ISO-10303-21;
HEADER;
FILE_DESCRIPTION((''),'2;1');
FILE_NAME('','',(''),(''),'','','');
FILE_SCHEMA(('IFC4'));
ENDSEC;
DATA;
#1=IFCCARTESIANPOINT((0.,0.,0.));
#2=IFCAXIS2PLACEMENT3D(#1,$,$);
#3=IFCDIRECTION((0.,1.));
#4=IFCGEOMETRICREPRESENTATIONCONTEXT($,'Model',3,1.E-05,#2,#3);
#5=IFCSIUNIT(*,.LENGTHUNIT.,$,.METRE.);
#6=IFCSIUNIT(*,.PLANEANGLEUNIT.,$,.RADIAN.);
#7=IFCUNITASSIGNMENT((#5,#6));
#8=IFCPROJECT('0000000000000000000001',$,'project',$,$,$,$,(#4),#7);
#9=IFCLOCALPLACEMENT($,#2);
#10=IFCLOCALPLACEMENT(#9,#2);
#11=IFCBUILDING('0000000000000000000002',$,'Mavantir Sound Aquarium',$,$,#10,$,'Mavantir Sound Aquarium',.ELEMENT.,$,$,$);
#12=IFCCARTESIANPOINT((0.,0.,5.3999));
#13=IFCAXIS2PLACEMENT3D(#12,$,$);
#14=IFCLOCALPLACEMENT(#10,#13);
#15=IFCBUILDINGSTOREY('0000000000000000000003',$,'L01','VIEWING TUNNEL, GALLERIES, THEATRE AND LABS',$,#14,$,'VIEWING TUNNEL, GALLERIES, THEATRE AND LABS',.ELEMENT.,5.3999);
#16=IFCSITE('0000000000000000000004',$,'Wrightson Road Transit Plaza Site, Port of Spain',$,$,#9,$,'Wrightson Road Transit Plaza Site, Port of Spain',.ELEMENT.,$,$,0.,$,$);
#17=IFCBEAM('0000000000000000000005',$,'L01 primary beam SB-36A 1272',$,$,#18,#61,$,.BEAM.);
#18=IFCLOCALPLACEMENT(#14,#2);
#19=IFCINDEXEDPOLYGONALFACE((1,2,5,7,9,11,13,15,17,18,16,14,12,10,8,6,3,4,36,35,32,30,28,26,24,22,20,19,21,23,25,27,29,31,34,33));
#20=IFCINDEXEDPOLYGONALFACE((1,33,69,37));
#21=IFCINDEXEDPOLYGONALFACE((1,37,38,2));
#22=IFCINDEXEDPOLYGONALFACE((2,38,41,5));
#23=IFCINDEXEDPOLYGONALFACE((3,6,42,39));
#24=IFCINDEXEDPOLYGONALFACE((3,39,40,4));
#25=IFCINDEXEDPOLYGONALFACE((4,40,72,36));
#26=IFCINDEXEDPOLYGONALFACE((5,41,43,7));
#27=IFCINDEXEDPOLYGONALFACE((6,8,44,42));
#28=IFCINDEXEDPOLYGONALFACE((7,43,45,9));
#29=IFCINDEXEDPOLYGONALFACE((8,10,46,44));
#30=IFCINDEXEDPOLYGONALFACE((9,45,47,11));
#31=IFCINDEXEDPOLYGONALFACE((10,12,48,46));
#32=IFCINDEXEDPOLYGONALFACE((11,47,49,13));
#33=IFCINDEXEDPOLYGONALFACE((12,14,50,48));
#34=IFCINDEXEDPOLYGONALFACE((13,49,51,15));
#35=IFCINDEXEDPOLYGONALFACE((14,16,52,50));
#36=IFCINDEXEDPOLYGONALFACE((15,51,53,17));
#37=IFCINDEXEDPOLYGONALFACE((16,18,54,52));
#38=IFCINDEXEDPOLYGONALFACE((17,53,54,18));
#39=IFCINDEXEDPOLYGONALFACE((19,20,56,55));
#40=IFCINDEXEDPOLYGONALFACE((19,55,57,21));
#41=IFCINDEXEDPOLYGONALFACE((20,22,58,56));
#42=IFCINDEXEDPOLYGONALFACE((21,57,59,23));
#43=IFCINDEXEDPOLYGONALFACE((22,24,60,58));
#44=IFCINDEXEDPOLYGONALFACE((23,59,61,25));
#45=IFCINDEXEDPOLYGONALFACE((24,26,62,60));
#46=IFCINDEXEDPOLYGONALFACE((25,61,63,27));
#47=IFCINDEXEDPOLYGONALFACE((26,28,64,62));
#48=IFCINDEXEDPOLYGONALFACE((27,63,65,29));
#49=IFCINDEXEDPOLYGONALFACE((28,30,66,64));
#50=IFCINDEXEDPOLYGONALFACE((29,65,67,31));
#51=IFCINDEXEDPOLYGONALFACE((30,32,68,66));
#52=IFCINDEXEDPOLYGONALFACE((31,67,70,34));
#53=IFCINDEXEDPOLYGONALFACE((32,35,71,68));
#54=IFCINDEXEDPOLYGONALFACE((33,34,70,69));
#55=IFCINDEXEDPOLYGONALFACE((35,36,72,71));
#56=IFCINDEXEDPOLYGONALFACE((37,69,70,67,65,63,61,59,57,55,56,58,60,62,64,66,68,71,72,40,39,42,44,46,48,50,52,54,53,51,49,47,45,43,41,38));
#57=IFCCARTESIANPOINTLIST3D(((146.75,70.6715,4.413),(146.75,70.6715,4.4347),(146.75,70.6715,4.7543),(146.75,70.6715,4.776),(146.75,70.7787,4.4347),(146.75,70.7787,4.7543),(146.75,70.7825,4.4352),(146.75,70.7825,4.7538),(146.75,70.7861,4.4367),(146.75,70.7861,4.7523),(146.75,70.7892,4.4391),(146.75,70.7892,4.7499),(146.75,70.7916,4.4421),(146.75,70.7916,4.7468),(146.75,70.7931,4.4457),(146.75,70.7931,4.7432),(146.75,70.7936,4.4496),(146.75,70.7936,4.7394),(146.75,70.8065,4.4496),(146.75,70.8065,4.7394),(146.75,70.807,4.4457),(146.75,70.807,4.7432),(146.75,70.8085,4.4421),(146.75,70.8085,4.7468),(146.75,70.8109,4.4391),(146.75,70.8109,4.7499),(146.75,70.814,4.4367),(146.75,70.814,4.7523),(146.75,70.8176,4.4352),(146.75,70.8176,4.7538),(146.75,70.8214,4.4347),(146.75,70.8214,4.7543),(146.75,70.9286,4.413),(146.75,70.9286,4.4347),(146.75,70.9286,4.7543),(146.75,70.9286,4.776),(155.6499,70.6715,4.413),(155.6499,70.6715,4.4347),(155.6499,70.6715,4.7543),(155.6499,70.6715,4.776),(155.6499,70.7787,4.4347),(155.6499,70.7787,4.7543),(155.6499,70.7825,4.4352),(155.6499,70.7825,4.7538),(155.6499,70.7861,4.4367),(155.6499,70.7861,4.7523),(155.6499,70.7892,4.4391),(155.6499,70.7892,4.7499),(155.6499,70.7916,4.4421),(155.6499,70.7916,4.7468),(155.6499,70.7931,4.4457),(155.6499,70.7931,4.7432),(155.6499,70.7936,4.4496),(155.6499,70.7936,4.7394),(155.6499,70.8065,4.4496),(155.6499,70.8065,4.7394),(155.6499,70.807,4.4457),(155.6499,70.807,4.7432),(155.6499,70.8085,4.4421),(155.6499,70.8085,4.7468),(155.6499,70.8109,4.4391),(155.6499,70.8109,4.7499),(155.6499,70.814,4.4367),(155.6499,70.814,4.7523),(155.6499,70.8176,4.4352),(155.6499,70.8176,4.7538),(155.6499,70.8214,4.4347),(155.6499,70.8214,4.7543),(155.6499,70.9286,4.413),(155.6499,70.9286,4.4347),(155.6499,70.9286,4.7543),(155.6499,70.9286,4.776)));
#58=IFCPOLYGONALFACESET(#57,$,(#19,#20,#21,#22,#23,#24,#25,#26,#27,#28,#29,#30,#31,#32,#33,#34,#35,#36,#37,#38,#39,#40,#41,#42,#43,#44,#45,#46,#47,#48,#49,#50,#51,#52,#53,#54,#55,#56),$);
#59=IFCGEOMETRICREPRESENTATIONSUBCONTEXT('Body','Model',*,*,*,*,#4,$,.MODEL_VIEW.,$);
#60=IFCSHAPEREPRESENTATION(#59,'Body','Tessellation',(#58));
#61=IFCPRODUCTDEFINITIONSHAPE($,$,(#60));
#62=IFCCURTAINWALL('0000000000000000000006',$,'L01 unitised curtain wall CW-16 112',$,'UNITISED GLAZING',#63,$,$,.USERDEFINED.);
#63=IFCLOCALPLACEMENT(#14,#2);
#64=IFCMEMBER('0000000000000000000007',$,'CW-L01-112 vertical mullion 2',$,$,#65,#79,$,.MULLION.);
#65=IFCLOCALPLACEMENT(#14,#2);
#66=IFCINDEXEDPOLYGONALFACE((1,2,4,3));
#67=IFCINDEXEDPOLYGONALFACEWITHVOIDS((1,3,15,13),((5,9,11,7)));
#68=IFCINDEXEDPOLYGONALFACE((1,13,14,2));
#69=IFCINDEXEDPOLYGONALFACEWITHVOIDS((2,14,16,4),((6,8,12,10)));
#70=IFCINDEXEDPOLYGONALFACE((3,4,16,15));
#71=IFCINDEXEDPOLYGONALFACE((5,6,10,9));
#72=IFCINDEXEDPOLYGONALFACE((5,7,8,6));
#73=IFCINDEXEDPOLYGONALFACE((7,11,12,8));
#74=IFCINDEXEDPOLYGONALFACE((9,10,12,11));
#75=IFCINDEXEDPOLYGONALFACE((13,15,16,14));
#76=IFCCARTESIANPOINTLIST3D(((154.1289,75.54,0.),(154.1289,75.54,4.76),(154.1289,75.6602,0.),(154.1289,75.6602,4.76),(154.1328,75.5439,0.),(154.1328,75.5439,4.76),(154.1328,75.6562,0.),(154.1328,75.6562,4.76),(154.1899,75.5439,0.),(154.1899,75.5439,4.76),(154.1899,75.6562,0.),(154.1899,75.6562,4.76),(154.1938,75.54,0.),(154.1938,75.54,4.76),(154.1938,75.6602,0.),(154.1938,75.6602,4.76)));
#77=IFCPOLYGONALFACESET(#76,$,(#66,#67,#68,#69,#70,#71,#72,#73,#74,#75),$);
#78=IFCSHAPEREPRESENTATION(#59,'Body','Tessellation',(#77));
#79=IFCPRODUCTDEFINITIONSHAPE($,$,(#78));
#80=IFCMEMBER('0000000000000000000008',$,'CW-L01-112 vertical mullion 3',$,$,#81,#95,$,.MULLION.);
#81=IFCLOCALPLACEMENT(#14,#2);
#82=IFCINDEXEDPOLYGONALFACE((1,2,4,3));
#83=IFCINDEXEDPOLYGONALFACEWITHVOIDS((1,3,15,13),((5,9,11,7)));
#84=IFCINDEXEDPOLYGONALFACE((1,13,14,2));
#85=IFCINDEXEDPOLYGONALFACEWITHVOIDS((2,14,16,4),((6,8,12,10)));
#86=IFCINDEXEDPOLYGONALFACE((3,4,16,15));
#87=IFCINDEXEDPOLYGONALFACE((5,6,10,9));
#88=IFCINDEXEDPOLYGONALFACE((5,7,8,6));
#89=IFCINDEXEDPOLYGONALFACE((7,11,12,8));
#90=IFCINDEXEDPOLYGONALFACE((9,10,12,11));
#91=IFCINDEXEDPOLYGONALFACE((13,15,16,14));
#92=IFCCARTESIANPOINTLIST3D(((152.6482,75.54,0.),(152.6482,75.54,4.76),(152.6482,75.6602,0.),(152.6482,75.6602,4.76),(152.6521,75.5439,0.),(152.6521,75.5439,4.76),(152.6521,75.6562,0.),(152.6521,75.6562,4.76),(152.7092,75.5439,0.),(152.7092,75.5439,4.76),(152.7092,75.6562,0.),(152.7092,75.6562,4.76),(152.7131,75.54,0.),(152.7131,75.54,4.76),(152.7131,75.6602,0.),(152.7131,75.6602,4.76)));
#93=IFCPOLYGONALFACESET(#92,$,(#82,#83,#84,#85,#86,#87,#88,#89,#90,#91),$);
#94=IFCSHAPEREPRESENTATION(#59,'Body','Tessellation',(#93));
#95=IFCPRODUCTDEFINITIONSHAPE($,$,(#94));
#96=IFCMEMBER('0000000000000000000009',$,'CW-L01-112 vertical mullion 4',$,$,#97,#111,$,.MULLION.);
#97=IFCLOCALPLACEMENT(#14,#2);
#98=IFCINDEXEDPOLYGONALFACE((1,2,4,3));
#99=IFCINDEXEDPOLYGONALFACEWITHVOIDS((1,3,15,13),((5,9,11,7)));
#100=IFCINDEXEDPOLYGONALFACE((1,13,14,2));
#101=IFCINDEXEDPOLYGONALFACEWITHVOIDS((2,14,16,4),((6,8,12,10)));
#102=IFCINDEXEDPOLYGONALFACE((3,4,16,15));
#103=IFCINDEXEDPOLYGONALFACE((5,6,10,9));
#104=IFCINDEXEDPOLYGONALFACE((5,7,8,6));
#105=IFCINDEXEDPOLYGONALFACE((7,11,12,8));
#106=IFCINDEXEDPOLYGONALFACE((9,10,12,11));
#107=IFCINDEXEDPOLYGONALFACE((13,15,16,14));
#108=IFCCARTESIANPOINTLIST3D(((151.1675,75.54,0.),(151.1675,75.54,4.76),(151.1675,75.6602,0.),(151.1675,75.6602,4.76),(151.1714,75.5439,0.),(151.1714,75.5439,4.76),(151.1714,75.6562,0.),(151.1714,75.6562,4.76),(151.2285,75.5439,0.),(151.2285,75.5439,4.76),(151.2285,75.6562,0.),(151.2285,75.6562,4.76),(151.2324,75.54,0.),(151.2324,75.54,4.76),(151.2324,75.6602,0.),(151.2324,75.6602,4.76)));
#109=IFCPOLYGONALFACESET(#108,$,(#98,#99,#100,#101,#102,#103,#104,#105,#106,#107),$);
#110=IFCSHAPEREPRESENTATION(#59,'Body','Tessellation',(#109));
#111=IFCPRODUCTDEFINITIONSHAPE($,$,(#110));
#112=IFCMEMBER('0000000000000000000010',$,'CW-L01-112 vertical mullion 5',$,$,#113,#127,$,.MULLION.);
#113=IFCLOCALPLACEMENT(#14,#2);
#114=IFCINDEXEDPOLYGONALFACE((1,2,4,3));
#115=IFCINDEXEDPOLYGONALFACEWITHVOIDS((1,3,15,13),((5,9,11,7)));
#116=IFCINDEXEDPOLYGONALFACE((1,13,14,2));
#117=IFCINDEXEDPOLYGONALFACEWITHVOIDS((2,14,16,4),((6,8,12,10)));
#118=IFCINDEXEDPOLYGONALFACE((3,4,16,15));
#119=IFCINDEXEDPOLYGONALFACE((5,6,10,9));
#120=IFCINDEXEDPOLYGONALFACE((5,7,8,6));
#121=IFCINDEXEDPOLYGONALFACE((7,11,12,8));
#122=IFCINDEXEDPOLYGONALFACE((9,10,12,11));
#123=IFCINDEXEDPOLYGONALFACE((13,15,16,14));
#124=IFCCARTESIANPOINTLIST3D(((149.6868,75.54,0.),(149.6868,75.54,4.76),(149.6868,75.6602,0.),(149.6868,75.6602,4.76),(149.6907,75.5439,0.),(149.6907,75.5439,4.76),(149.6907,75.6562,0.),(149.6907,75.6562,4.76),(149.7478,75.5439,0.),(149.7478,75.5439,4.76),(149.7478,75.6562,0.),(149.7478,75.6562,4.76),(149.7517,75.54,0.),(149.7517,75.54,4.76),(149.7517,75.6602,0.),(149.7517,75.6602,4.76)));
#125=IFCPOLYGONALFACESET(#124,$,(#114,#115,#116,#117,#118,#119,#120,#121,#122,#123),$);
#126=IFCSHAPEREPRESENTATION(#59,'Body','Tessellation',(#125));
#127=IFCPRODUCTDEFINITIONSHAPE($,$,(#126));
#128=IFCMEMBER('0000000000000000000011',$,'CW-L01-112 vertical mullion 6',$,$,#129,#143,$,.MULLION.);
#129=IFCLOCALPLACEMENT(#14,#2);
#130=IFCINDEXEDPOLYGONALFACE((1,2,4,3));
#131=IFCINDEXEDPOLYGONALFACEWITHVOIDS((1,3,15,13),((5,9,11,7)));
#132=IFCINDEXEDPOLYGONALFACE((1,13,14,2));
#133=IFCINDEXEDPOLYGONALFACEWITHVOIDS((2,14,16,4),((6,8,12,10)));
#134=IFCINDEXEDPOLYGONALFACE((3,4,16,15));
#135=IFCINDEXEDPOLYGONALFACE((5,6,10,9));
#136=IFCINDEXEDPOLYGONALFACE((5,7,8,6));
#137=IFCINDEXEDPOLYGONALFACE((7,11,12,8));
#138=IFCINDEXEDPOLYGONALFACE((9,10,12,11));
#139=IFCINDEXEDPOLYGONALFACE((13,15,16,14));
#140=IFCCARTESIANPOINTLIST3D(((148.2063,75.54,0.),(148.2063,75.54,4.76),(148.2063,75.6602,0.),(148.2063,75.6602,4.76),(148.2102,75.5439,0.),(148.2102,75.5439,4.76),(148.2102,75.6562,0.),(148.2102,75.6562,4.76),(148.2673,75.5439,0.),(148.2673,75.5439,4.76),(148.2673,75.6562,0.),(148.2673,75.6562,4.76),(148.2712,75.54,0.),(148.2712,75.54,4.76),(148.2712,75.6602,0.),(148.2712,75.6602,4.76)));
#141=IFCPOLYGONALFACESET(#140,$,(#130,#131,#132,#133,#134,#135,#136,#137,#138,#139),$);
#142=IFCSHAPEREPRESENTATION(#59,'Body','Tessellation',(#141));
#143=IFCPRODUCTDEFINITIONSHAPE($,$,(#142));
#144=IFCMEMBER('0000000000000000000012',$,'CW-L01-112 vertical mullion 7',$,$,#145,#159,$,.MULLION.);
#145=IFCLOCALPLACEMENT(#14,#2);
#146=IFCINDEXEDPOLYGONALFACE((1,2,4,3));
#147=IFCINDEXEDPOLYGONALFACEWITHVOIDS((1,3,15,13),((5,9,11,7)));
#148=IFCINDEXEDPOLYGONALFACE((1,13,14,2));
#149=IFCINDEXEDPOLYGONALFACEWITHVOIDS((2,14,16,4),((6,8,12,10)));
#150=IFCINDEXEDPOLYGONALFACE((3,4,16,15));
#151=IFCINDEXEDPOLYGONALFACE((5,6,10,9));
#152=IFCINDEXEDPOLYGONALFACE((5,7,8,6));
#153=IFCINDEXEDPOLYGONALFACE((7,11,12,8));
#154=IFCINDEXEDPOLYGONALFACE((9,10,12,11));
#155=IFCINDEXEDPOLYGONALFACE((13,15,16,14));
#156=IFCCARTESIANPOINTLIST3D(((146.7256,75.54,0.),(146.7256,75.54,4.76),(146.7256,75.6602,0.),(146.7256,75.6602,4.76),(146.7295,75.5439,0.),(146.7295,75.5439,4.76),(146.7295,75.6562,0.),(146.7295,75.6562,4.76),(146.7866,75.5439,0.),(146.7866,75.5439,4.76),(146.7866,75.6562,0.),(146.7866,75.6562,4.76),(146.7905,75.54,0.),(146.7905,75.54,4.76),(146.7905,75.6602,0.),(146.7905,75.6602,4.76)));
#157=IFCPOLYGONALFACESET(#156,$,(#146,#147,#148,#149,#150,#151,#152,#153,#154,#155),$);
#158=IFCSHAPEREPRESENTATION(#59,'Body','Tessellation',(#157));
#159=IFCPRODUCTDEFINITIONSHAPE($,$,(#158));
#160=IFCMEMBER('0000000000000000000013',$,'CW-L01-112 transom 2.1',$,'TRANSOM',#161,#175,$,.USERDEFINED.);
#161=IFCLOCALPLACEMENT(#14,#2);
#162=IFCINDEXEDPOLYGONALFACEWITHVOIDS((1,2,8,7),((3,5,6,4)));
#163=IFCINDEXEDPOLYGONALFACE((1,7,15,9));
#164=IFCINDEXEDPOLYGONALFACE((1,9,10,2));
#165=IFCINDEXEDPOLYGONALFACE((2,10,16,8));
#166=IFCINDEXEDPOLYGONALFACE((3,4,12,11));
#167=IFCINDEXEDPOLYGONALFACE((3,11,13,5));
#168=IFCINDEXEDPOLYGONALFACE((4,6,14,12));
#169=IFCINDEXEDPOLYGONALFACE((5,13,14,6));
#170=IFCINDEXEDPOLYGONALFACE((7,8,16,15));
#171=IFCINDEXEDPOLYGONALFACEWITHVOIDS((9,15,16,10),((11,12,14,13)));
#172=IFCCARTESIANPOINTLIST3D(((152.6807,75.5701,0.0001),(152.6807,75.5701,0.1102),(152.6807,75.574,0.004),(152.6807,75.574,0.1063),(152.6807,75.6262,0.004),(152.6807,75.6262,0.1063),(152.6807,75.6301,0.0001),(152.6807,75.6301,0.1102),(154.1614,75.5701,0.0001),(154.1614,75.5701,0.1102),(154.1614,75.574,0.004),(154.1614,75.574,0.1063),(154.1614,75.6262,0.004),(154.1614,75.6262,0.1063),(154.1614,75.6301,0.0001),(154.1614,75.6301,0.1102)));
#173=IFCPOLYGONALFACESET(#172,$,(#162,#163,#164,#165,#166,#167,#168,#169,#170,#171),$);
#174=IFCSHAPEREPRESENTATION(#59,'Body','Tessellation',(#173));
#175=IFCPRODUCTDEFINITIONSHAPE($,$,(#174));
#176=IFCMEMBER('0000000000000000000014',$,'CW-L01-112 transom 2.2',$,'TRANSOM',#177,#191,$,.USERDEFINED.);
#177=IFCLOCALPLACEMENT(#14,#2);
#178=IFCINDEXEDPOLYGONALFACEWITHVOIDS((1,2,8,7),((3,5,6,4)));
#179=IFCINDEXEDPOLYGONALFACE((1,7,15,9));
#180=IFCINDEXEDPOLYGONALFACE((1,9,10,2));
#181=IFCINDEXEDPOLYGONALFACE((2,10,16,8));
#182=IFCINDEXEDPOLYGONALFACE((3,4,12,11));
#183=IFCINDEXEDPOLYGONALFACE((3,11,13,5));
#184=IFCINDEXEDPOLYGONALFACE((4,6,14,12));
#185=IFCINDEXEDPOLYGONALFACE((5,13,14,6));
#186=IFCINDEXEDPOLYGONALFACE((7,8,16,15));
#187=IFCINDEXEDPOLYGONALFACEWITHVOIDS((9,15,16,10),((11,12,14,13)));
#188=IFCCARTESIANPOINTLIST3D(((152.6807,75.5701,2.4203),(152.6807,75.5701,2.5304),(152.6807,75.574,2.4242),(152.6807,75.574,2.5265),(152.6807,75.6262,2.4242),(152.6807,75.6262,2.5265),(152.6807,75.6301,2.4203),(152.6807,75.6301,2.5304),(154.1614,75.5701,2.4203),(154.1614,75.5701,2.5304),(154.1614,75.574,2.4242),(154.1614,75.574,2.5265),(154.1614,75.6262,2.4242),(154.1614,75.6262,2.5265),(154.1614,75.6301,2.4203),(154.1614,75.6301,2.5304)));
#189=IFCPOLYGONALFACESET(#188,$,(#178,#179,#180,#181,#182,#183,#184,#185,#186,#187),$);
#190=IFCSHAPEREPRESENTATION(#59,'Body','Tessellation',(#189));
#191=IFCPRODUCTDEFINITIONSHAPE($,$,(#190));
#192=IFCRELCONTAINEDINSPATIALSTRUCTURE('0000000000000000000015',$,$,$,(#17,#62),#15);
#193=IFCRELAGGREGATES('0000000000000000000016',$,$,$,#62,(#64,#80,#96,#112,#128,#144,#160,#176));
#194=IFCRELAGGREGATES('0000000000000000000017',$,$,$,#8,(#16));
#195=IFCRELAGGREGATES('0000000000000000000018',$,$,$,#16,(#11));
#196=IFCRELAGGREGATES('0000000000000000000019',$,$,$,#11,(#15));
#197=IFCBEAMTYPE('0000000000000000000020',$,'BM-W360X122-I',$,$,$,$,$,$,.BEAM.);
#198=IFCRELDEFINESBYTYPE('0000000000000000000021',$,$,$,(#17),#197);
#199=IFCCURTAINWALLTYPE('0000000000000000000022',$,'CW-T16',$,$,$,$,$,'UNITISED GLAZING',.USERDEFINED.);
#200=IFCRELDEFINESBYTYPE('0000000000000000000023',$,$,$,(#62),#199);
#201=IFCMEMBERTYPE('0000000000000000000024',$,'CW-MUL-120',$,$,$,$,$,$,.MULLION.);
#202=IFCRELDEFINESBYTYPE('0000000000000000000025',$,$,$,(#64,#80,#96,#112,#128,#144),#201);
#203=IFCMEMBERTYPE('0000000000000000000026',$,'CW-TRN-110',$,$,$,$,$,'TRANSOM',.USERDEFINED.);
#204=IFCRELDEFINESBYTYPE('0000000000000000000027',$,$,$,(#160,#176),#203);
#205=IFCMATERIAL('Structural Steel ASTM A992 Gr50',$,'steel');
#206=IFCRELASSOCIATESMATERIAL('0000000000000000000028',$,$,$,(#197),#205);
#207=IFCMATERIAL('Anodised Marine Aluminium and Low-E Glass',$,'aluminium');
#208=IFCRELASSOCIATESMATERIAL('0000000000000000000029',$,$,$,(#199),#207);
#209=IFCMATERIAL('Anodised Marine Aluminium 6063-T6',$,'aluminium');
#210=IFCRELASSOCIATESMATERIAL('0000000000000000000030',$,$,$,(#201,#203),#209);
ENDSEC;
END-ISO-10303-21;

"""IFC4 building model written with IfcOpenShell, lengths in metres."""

from ifc_helpers import new_model, si_unit, direction, frame, origin, origin_2d, place, context, subcontext, project, spatial, hollow_rectangle, i_section, extrude, material, material_profile, profile_set, type_object, element, aggregate, save


model = new_model("IFC4")

# Units and contexts
model_context = context("Model", 3, precision=1e-05, world=origin(), true_north=direction((0.0, 1.0)))
body_context = subcontext(model_context, "Body", "Model", "MODEL_VIEW")
ifc_project = project(units=[si_unit("LENGTHUNIT", "METRE"), si_unit("PLANEANGLEUNIT", "RADIAN")], contexts=[model_context])

# Site, building, storey
site_placement = place(None, origin())
site = spatial("IfcSite", under=ifc_project, at=site_placement, Name="Wrightson Road Transit Plaza Site, Port of Spain", LongName="Wrightson Road Transit Plaza Site, Port of Spain", CompositionType="ELEMENT", RefElevation=0.0)
building_placement = place(site_placement, origin())
building = spatial("IfcBuilding", under=site, at=building_placement, Name="Mavantir Sound Aquarium", LongName="Mavantir Sound Aquarium", CompositionType="ELEMENT")
storey_placement = place(building_placement, frame((0.0, 0.0, 5.3999)))
storey = spatial("IfcBuildingStorey", under=building, at=storey_placement, Name="L01", Description="VIEWING TUNNEL, GALLERIES, THEATRE AND LABS", LongName="VIEWING TUNNEL, GALLERIES, THEATRE AND LABS", CompositionType="ELEMENT", Elevation=5.3999)

# Beam
ifc_material_1 = material(Name="Structural Steel ASTM A992 Gr50", Category="steel")
ifc_material_profile_1 = material_profile(ifc_material_1, i_section(OverallWidth=0.2571, OverallDepth=0.363, WebThickness=0.0129, FlangeThickness=0.0217, FilletRadius=0.0149, at=origin_2d()), Name="W360X122")
ifc_profile_set_1 = profile_set([ifc_material_profile_1], Name="Structural Steel ASTM A992 Gr50")
beam_type = type_object("IfcBeamType", Name="BM-W360X122-I", PredefinedType="BEAM", material=ifc_profile_set_1)
beam_placement = place(storey_placement, frame((146.75, 70.8, 4.5945), z_axis=(1.0, 0.0, 0.0), x_axis=(0.0, 1.0, 0.0)))
element("IfcBeam", 1, at=beam_placement, inside=storey, type_object=beam_type, Name="L01 primary beam SB-36A 1272", PredefinedType="BEAM", context=body_context, shape_type="SweptSolid", body=[
    extrude(i_section(OverallWidth=0.2571, OverallDepth=0.363, WebThickness=0.0129, FlangeThickness=0.0217, FilletRadius=0.0149, at=origin_2d()), origin(), (0.0, 0.0, 1.0), 8.8999),
])

# Curtain wall, members
ifc_material_2 = material(Name="Anodised Marine Aluminium and Low-E Glass", Category="aluminium")
curtain_wall_type = type_object("IfcCurtainWallType", Name="CW-T16", ElementType="UNITISED GLAZING", PredefinedType="USERDEFINED", material=ifc_material_2)
curtain_wall_placement = place(storey_placement, origin())
curtain_wall = element("IfcCurtainWall", 2, at=curtain_wall_placement, inside=storey, type_object=curtain_wall_type, Name="L01 unitised curtain wall CW-16 112", ObjectType="UNITISED GLAZING", PredefinedType="USERDEFINED")
ifc_material_3 = material(Name="Anodised Marine Aluminium 6063-T6", Category="aluminium")
ifc_material_profile_2 = material_profile(ifc_material_3, hollow_rectangle(XDim=0.0649, YDim=0.1201, WallThickness=0.0039, at=origin_2d()), Name="ALU-MULLION-120X65")
ifc_profile_set_2 = profile_set([ifc_material_profile_2], Name="Anodised Marine Aluminium 6063-T6")
member_type_1 = type_object("IfcMemberType", Name="CW-MUL-120", PredefinedType="MULLION", material=ifc_profile_set_2)
member_1_placement = place(storey_placement, frame((154.1614, 75.6001, 0.0), z_axis=(0.0, 0.0, 1.0), x_axis=(1.0, 0.0, 0.0)))
member_1 = element("IfcMember", 3, at=member_1_placement, type_object=member_type_1, Name="CW-L01-112 vertical mullion 2", PredefinedType="MULLION", context=body_context, shape_type="SweptSolid", body=[
    extrude(hollow_rectangle(XDim=0.0649, YDim=0.1201, WallThickness=0.0039, at=origin_2d()), origin(), (0.0, 0.0, 1.0), 4.76),
])
member_2_placement = place(storey_placement, frame((152.6807, 75.6001, 0.0), z_axis=(0.0, 0.0, 1.0), x_axis=(1.0, 0.0, 0.0)))
member_2 = element("IfcMember", 4, at=member_2_placement, type_object=member_type_1, Name="CW-L01-112 vertical mullion 3", PredefinedType="MULLION", context=body_context, shape_type="SweptSolid", body=[
    extrude(hollow_rectangle(XDim=0.0649, YDim=0.1201, WallThickness=0.0039, at=origin_2d()), origin(), (0.0, 0.0, 1.0), 4.76),
])
member_3_placement = place(storey_placement, frame((151.2, 75.6001, 0.0), z_axis=(0.0, 0.0, 1.0), x_axis=(1.0, 0.0, 0.0)))
member_3 = element("IfcMember", 5, at=member_3_placement, type_object=member_type_1, Name="CW-L01-112 vertical mullion 4", PredefinedType="MULLION", context=body_context, shape_type="SweptSolid", body=[
    extrude(hollow_rectangle(XDim=0.0649, YDim=0.1201, WallThickness=0.0039, at=origin_2d()), origin(), (0.0, 0.0, 1.0), 4.76),
])
member_4_placement = place(storey_placement, frame((149.7192, 75.6001, 0.0), z_axis=(0.0, 0.0, 1.0), x_axis=(1.0, 0.0, 0.0)))
member_4 = element("IfcMember", 6, at=member_4_placement, type_object=member_type_1, Name="CW-L01-112 vertical mullion 5", PredefinedType="MULLION", context=body_context, shape_type="SweptSolid", body=[
    extrude(hollow_rectangle(XDim=0.0649, YDim=0.1201, WallThickness=0.0039, at=origin_2d()), origin(), (0.0, 0.0, 1.0), 4.76),
])
member_5_placement = place(storey_placement, frame((148.2388, 75.6001, 0.0), z_axis=(0.0, 0.0, 1.0), x_axis=(1.0, 0.0, 0.0)))
member_5 = element("IfcMember", 7, at=member_5_placement, type_object=member_type_1, Name="CW-L01-112 vertical mullion 6", PredefinedType="MULLION", context=body_context, shape_type="SweptSolid", body=[
    extrude(hollow_rectangle(XDim=0.0649, YDim=0.1201, WallThickness=0.0039, at=origin_2d()), origin(), (0.0, 0.0, 1.0), 4.76),
])
member_6_placement = place(storey_placement, frame((146.7581, 75.6001, 0.0), z_axis=(0.0, 0.0, 1.0), x_axis=(1.0, 0.0, 0.0)))
member_6 = element("IfcMember", 8, at=member_6_placement, type_object=member_type_1, Name="CW-L01-112 vertical mullion 7", PredefinedType="MULLION", context=body_context, shape_type="SweptSolid", body=[
    extrude(hollow_rectangle(XDim=0.0649, YDim=0.1201, WallThickness=0.0039, at=origin_2d()), origin(), (0.0, 0.0, 1.0), 4.76),
])
ifc_material_profile_3 = material_profile(ifc_material_3, hollow_rectangle(XDim=0.0601, YDim=0.1101, WallThickness=0.0039, at=origin_2d()), Name="ALU-TRANSOM-110X60")
ifc_profile_set_3 = profile_set([ifc_material_profile_3], Name="Anodised Marine Aluminium 6063-T6")
member_type_2 = type_object("IfcMemberType", Name="CW-TRN-110", ElementType="TRANSOM", PredefinedType="USERDEFINED", material=ifc_profile_set_3)
member_7_placement = place(storey_placement, frame((154.1614, 75.6001, 0.0552), z_axis=(-1.0, 0.0, 0.0), x_axis=(0.0, -1.0, 0.0)))
member_7 = element("IfcMember", 9, at=member_7_placement, type_object=member_type_2, Name="CW-L01-112 transom 2.1", ObjectType="TRANSOM", PredefinedType="USERDEFINED", context=body_context, shape_type="SweptSolid", body=[
    extrude(hollow_rectangle(XDim=0.0601, YDim=0.1101, WallThickness=0.0039, at=origin_2d()), origin(), (0.0, 0.0, 1.0), 1.4807),
])
member_8_placement = place(storey_placement, frame((154.1614, 75.6001, 2.4753), z_axis=(-1.0, 0.0, 0.0), x_axis=(0.0, -1.0, 0.0)))
member_8 = element("IfcMember", 10, at=member_8_placement, type_object=member_type_2, Name="CW-L01-112 transom 2.2", ObjectType="TRANSOM", PredefinedType="USERDEFINED", context=body_context, shape_type="SweptSolid", body=[
    extrude(hollow_rectangle(XDim=0.0601, YDim=0.1101, WallThickness=0.0039, at=origin_2d()), origin(), (0.0, 0.0, 1.0), 1.4807),
])
aggregate(curtain_wall, [member_1, member_2, member_3, member_4, member_5, member_6, member_7, member_8])

save(model, "model.ifc")
